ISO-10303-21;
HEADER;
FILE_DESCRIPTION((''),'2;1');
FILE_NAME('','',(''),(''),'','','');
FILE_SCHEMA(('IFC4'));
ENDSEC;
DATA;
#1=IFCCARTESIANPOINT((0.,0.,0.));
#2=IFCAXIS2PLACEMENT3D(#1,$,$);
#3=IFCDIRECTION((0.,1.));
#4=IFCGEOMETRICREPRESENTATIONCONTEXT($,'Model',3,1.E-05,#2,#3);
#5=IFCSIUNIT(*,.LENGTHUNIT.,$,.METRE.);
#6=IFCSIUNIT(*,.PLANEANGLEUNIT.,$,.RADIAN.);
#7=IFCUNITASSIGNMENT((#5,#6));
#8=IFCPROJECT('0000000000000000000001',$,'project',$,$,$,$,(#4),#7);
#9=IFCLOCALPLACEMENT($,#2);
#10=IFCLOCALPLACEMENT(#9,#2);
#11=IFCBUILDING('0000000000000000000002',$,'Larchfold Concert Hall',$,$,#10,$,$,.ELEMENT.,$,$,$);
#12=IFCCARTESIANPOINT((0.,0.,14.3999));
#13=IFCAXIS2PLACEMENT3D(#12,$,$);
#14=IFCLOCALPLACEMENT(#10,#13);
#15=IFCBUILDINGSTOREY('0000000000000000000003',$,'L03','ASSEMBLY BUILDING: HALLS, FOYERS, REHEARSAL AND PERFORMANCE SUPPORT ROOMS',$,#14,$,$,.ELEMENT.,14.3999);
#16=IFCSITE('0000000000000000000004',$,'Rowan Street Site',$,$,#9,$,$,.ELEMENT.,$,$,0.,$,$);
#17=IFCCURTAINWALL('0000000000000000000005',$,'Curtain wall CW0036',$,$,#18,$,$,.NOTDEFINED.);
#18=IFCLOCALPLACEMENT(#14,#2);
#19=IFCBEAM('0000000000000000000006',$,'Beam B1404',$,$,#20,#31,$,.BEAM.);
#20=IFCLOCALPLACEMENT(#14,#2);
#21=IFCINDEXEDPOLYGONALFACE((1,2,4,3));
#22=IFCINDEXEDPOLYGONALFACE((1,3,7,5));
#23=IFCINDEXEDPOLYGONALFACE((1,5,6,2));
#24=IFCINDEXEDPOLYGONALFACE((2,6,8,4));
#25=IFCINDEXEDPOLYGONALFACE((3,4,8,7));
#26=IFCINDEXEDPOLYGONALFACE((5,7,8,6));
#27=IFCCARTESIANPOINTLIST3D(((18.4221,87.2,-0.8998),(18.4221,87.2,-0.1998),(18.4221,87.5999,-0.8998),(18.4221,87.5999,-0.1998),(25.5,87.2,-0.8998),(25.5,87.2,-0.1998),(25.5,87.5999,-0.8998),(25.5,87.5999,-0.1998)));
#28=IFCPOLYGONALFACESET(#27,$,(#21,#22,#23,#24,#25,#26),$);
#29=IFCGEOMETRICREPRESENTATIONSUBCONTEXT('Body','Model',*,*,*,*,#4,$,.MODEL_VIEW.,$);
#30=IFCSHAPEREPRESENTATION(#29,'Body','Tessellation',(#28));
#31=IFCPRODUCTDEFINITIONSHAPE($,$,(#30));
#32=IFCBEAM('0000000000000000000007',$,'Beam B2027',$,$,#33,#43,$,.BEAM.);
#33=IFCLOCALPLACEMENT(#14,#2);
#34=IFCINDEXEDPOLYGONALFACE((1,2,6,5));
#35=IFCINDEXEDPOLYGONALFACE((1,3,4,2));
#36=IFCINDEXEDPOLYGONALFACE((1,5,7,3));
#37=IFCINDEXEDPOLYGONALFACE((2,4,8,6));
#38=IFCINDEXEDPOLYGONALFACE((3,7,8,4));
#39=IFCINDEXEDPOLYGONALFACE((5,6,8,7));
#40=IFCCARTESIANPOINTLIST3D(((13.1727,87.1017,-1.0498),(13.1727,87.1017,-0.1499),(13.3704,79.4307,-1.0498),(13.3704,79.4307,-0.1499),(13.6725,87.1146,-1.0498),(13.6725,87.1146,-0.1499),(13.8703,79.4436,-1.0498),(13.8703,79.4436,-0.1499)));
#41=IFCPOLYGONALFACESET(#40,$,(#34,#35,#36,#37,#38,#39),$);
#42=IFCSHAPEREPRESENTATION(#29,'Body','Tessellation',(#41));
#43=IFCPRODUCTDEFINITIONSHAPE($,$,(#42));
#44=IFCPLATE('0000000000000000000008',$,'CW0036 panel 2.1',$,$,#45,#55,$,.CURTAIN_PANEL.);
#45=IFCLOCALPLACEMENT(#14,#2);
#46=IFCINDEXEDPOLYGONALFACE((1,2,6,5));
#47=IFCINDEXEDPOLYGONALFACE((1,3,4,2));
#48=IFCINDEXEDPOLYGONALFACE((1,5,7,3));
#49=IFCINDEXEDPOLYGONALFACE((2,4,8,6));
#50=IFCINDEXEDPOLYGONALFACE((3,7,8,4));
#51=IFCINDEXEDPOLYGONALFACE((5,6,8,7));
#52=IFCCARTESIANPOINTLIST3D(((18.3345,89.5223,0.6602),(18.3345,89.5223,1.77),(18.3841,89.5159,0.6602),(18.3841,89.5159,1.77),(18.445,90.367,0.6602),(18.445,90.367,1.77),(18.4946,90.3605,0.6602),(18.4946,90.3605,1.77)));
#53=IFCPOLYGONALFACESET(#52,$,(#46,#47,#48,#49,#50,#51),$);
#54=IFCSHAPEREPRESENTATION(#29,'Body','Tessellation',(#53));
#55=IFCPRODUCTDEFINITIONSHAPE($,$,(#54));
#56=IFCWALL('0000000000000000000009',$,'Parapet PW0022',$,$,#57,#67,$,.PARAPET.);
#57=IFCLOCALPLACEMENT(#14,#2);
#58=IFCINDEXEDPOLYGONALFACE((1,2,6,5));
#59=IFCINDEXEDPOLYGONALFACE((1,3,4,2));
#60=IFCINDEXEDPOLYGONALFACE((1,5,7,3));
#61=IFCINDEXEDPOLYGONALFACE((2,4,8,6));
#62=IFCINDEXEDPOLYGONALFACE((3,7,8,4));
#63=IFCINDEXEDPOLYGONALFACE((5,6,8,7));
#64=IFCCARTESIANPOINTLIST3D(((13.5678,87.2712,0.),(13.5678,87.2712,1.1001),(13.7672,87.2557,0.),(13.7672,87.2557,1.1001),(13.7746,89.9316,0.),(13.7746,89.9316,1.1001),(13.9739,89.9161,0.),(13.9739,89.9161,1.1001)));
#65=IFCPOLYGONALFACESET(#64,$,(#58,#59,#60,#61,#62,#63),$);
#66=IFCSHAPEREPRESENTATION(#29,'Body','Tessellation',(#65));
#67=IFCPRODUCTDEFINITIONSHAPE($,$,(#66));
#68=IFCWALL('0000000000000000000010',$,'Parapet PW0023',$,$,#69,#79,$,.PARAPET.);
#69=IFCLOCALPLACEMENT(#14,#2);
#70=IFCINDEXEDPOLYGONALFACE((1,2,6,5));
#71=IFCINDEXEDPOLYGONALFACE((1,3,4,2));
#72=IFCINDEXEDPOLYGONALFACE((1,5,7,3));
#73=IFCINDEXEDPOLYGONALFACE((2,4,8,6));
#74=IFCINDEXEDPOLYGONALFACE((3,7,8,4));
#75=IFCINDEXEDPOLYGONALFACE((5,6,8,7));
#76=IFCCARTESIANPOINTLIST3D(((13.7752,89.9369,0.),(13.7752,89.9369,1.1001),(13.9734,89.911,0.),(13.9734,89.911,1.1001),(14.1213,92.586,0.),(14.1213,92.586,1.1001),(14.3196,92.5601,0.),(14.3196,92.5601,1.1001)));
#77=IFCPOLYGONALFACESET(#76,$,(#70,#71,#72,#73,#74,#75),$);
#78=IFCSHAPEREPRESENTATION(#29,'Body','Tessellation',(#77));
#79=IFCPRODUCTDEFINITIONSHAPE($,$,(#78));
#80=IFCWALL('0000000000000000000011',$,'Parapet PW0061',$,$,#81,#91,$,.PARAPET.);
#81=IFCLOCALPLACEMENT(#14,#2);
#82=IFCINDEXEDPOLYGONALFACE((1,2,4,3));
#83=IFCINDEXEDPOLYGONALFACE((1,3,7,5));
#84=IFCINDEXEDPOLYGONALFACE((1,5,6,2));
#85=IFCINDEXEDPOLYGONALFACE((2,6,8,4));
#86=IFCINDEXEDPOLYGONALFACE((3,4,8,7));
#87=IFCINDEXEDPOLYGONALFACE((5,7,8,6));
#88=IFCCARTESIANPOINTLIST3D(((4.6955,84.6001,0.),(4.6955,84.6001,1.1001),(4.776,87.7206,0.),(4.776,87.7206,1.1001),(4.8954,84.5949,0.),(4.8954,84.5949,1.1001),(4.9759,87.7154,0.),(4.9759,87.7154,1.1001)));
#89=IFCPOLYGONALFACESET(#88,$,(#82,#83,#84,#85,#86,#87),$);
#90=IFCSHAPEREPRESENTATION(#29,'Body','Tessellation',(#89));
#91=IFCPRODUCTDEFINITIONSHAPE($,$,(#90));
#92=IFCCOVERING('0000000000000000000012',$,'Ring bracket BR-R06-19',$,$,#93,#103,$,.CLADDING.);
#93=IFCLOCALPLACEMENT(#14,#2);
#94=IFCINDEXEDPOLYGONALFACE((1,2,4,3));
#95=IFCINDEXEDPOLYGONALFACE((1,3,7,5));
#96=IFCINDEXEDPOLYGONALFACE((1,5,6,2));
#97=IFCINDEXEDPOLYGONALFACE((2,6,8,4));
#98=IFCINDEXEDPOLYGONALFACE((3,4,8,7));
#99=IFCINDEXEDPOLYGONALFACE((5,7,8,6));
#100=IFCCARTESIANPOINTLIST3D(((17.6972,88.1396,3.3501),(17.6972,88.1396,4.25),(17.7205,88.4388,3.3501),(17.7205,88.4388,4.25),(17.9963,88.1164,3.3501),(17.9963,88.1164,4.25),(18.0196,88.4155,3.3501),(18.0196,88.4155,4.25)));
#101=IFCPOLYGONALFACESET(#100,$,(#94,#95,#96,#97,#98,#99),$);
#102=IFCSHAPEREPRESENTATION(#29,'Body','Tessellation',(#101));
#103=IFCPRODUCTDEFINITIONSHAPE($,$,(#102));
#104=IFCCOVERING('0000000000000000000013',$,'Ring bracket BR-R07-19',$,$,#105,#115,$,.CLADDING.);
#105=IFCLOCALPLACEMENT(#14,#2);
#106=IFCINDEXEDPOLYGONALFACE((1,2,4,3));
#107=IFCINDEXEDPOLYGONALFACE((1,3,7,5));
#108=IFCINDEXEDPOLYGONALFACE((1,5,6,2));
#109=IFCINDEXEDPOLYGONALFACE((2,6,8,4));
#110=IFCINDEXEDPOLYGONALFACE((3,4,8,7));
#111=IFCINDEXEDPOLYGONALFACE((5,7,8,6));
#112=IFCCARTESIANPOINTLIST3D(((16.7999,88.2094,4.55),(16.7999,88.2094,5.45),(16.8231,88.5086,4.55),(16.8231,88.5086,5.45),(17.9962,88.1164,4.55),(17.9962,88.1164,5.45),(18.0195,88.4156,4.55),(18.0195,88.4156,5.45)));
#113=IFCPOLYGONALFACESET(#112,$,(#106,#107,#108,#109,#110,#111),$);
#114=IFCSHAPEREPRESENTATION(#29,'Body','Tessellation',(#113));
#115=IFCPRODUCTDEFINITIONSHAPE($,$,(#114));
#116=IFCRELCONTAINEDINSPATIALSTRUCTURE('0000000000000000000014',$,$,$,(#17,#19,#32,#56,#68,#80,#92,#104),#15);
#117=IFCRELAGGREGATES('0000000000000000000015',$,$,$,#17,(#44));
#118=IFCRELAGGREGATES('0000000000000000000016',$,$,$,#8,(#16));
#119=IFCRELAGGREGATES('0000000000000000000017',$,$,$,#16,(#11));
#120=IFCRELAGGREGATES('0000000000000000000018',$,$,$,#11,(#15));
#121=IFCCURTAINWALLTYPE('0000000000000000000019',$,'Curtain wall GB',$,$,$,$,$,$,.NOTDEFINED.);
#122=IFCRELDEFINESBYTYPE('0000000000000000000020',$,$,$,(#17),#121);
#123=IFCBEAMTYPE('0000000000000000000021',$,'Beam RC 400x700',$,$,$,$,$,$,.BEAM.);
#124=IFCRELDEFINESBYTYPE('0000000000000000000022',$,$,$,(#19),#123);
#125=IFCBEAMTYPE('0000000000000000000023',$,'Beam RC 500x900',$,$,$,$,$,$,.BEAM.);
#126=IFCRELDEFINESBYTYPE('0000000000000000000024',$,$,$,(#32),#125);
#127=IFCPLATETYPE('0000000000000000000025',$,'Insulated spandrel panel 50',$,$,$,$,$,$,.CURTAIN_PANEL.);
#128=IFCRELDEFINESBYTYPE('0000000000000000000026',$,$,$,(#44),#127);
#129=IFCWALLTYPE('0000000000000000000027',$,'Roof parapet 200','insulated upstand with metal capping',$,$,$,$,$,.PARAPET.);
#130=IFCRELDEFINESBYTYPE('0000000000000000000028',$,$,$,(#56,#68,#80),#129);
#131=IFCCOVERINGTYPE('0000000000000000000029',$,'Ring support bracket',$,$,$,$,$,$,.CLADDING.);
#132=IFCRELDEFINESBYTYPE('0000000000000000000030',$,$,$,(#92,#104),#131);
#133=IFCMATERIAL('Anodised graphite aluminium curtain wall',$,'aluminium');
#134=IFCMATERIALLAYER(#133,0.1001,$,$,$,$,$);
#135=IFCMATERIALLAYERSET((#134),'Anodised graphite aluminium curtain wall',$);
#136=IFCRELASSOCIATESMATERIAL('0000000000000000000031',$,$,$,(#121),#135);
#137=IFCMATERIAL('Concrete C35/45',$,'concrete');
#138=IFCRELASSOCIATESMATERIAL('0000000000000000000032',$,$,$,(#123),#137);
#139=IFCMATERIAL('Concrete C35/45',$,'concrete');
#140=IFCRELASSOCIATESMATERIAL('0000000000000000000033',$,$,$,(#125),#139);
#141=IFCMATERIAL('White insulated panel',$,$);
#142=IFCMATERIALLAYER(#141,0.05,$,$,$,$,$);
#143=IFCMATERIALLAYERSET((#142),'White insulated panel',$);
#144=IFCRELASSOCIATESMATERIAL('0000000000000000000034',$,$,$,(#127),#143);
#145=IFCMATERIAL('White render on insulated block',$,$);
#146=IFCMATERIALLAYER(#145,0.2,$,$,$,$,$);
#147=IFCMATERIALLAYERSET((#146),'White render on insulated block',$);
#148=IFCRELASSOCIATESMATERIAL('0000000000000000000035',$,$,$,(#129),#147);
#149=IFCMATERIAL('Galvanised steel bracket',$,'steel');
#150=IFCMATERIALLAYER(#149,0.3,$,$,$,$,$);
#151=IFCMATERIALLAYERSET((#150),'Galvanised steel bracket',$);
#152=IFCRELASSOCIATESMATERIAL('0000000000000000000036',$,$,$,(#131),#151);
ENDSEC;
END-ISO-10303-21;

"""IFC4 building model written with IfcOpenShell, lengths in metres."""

from ifc_helpers import new_model, si_unit, direction, frame, frame_2d, origin, origin_2d, place, context, subcontext, project, spatial, rectangle, extrude, material, layer, layer_set, material_profile, profile_set, type_object, element, aggregate, save


model = new_model("IFC4")

# Units and contexts
model_context = context("Model", 3, precision=1e-05, world=origin(), true_north=direction((0.0, 1.0)))
body_context = subcontext(model_context, "Body", "Model", "MODEL_VIEW")
ifc_project = project(units=[si_unit("LENGTHUNIT", "METRE"), si_unit("PLANEANGLEUNIT", "RADIAN")], contexts=[model_context])

# Site, building, storey
site_placement = place(None, origin())
site = spatial("IfcSite", under=ifc_project, at=site_placement, Name="Rowan Street Site", CompositionType="ELEMENT", RefElevation=0.0)
building_placement = place(site_placement, origin())
building = spatial("IfcBuilding", under=site, at=building_placement, Name="Larchfold Concert Hall", CompositionType="ELEMENT")
storey_placement = place(building_placement, frame((0.0, 0.0, 14.3999)))
storey = spatial("IfcBuildingStorey", under=building, at=storey_placement, Name="L03", Description="ASSEMBLY BUILDING: HALLS, FOYERS, REHEARSAL AND PERFORMANCE SUPPORT ROOMS", CompositionType="ELEMENT", Elevation=14.3999)

# Curtain wall
ifc_material_1 = material(Name="Anodised graphite aluminium curtain wall", Category="aluminium")
ifc_layer_1 = layer(ifc_material_1, 0.1001)
ifc_layer_set_1 = layer_set([ifc_layer_1], Name="Anodised graphite aluminium curtain wall")
curtain_wall_type = type_object("IfcCurtainWallType", Name="Curtain wall GB", PredefinedType="NOTDEFINED", material=ifc_layer_set_1)
curtain_wall_1_placement = place(storey_placement, origin())
curtain_wall_1 = element("IfcCurtainWall", 1, at=curtain_wall_1_placement, inside=storey, type_object=curtain_wall_type, Name="Curtain wall CW0036", PredefinedType="NOTDEFINED")

# Beams
ifc_material_2 = material(Name="Concrete C35/45", Category="concrete")
ifc_material_profile_1 = material_profile(ifc_material_2, rectangle(XDim=0.3999, YDim=0.7, at=origin_2d()))
ifc_profile_set_1 = profile_set([ifc_material_profile_1], Name="Concrete C35/45")
beam_type_1 = type_object("IfcBeamType", Name="Beam RC 400x700", PredefinedType="BEAM", material=ifc_profile_set_1)
beam_1_placement = place(storey_placement, frame((18.4221, 87.3999, -0.5498), z_axis=(1.0, 0.0, 0.0), x_axis=(0.0, 1.0, 0.0)))
element("IfcBeam", 2, at=beam_1_placement, inside=storey, type_object=beam_type_1, Name="Beam B1404", PredefinedType="BEAM", context=body_context, shape_type="SweptSolid", body=[
    extrude(rectangle(XDim=0.3999, YDim=0.7, at=origin_2d()), origin(), (0.0, 0.0, 1.0), 7.0779),
])
ifc_material_3 = material(Name="Concrete C35/45", Category="concrete")
ifc_material_profile_2 = material_profile(ifc_material_3, rectangle(XDim=0.5, YDim=0.8999, at=origin_2d()))
ifc_profile_set_2 = profile_set([ifc_material_profile_2], Name="Concrete C35/45")
beam_type_2 = type_object("IfcBeamType", Name="Beam RC 500x900", PredefinedType="BEAM", material=ifc_profile_set_2)
beam_2_placement = place(storey_placement, frame((13.4226, 87.1082, -0.5999), z_axis=(0.02577, -0.999668, 0.0), x_axis=(0.999668, 0.02577, 0.0)))
element("IfcBeam", 3, at=beam_2_placement, inside=storey, type_object=beam_type_2, Name="Beam B2027", PredefinedType="BEAM", context=body_context, shape_type="SweptSolid", body=[
    extrude(rectangle(XDim=0.5, YDim=0.8999, at=origin_2d()), origin(), (0.0, 0.0, 1.0), 7.6736),
])

# Plate
ifc_material_4 = material(Name="White insulated panel")
ifc_layer_2 = layer(ifc_material_4, 0.05)
ifc_layer_set_2 = layer_set([ifc_layer_2], Name="White insulated panel")
plate_type_1 = type_object("IfcPlateType", Name="Insulated spandrel panel 50", PredefinedType="CURTAIN_PANEL", material=ifc_layer_set_2)
plate_1_placement = place(storey_placement, frame((18.4146, 89.9414, 0.6602), z_axis=(0.0, 0.0, 1.0), x_axis=(-0.129744, -0.991548, 0.0)))
plate_1 = element("IfcPlate", 4, at=plate_1_placement, type_object=plate_type_1, Name="CW0036 panel 2.1", PredefinedType="CURTAIN_PANEL", context=body_context, shape_type="SweptSolid", body=[
    extrude(rectangle(XDim=0.8518, YDim=0.05, at=origin_2d()), origin(), (0.0, 0.0, 1.0), 1.1099),
])
aggregate(curtain_wall_1, [plate_1])

# Walls
ifc_material_5 = material(Name="White render on insulated block")
ifc_layer_3 = layer(ifc_material_5, 0.2)
ifc_layer_set_3 = layer_set([ifc_layer_3], Name="White render on insulated block")
wall_type_1 = type_object("IfcWallType", Name="Roof parapet 200", Description="insulated upstand with metal capping", PredefinedType="PARAPET", material=ifc_layer_set_3)
wall_1_placement = place(storey_placement, frame((13.6675, 87.2634, 0.0), z_axis=(0.0, 0.0, 1.0), x_axis=(0.077494, 0.996993, 0.0)))
element("IfcWall", 5, at=wall_1_placement, inside=storey, type_object=wall_type_1, Name="Parapet PW0022", PredefinedType="PARAPET", context=body_context, shape_type="SweptSolid", body=[
    extrude(rectangle(XDim=2.6685, YDim=0.2, at=frame_2d((1.3342, 0.0))), origin(), (0.0, 0.0, 1.0), 1.1001),
])
wall_2_placement = place(storey_placement, frame((13.8743, 89.9238, 0.0), z_axis=(0.0, 0.0, 1.0), x_axis=(0.129577, 0.991569, 0.0)))
element("IfcWall", 6, at=wall_2_placement, inside=storey, type_object=wall_type_1, Name="Parapet PW0023", PredefinedType="PARAPET", context=body_context, shape_type="SweptSolid", body=[
    extrude(rectangle(XDim=2.6716, YDim=0.2, at=frame_2d((1.3359, 0.0))), origin(), (0.0, 0.0, 1.0), 1.1001),
])
wall_3_placement = place(storey_placement, frame((4.876, 87.718, 0.0), z_axis=(0.0, 0.0, 1.0), x_axis=(-0.025809, -0.999667, 0.0)))
element("IfcWall", 7, at=wall_3_placement, inside=storey, type_object=wall_type_1, Name="Parapet PW0061", PredefinedType="PARAPET", context=body_context, shape_type="SweptSolid", body=[
    extrude(rectangle(XDim=3.1216, YDim=0.2, at=frame_2d((1.5608, 0.0))), origin(), (0.0, 0.0, 1.0), 1.1001),
])

# Coverings
ifc_material_6 = material(Name="Galvanised steel bracket", Category="steel")
ifc_layer_4 = layer(ifc_material_6, 0.3)
ifc_layer_set_4 = layer_set([ifc_layer_4], Name="Galvanised steel bracket")
covering_type = type_object("IfcCoveringType", Name="Ring support bracket", PredefinedType="CLADDING", material=ifc_layer_set_4)
covering_1_placement = place(storey_placement, frame((17.8584, 88.2776, 3.3501), z_axis=(0.0, 0.0, 1.0), x_axis=(-0.99699, 0.077528, 0.0)))
element("IfcCovering", 8, at=covering_1_placement, inside=storey, type_object=covering_type, Name="Ring bracket BR-R06-19", PredefinedType="CLADDING", context=body_context, shape_type="SweptSolid", body=[
    extrude(rectangle(XDim=0.3, YDim=0.3, at=origin_2d()), origin(), (0.0, 0.0, 1.0), 0.8999),
])
covering_2_placement = place(storey_placement, frame((17.4097, 88.3125, 4.55), z_axis=(0.0, 0.0, 1.0), x_axis=(-0.99699, 0.077528, 0.0)))
element("IfcCovering", 9, at=covering_2_placement, inside=storey, type_object=covering_type, Name="Ring bracket BR-R07-19", PredefinedType="CLADDING", context=body_context, shape_type="SweptSolid", body=[
    extrude(rectangle(XDim=1.2, YDim=0.3, at=origin_2d()), origin(), (0.0, 0.0, 1.0), 0.8999),
])

save(model, "model.ifc")
